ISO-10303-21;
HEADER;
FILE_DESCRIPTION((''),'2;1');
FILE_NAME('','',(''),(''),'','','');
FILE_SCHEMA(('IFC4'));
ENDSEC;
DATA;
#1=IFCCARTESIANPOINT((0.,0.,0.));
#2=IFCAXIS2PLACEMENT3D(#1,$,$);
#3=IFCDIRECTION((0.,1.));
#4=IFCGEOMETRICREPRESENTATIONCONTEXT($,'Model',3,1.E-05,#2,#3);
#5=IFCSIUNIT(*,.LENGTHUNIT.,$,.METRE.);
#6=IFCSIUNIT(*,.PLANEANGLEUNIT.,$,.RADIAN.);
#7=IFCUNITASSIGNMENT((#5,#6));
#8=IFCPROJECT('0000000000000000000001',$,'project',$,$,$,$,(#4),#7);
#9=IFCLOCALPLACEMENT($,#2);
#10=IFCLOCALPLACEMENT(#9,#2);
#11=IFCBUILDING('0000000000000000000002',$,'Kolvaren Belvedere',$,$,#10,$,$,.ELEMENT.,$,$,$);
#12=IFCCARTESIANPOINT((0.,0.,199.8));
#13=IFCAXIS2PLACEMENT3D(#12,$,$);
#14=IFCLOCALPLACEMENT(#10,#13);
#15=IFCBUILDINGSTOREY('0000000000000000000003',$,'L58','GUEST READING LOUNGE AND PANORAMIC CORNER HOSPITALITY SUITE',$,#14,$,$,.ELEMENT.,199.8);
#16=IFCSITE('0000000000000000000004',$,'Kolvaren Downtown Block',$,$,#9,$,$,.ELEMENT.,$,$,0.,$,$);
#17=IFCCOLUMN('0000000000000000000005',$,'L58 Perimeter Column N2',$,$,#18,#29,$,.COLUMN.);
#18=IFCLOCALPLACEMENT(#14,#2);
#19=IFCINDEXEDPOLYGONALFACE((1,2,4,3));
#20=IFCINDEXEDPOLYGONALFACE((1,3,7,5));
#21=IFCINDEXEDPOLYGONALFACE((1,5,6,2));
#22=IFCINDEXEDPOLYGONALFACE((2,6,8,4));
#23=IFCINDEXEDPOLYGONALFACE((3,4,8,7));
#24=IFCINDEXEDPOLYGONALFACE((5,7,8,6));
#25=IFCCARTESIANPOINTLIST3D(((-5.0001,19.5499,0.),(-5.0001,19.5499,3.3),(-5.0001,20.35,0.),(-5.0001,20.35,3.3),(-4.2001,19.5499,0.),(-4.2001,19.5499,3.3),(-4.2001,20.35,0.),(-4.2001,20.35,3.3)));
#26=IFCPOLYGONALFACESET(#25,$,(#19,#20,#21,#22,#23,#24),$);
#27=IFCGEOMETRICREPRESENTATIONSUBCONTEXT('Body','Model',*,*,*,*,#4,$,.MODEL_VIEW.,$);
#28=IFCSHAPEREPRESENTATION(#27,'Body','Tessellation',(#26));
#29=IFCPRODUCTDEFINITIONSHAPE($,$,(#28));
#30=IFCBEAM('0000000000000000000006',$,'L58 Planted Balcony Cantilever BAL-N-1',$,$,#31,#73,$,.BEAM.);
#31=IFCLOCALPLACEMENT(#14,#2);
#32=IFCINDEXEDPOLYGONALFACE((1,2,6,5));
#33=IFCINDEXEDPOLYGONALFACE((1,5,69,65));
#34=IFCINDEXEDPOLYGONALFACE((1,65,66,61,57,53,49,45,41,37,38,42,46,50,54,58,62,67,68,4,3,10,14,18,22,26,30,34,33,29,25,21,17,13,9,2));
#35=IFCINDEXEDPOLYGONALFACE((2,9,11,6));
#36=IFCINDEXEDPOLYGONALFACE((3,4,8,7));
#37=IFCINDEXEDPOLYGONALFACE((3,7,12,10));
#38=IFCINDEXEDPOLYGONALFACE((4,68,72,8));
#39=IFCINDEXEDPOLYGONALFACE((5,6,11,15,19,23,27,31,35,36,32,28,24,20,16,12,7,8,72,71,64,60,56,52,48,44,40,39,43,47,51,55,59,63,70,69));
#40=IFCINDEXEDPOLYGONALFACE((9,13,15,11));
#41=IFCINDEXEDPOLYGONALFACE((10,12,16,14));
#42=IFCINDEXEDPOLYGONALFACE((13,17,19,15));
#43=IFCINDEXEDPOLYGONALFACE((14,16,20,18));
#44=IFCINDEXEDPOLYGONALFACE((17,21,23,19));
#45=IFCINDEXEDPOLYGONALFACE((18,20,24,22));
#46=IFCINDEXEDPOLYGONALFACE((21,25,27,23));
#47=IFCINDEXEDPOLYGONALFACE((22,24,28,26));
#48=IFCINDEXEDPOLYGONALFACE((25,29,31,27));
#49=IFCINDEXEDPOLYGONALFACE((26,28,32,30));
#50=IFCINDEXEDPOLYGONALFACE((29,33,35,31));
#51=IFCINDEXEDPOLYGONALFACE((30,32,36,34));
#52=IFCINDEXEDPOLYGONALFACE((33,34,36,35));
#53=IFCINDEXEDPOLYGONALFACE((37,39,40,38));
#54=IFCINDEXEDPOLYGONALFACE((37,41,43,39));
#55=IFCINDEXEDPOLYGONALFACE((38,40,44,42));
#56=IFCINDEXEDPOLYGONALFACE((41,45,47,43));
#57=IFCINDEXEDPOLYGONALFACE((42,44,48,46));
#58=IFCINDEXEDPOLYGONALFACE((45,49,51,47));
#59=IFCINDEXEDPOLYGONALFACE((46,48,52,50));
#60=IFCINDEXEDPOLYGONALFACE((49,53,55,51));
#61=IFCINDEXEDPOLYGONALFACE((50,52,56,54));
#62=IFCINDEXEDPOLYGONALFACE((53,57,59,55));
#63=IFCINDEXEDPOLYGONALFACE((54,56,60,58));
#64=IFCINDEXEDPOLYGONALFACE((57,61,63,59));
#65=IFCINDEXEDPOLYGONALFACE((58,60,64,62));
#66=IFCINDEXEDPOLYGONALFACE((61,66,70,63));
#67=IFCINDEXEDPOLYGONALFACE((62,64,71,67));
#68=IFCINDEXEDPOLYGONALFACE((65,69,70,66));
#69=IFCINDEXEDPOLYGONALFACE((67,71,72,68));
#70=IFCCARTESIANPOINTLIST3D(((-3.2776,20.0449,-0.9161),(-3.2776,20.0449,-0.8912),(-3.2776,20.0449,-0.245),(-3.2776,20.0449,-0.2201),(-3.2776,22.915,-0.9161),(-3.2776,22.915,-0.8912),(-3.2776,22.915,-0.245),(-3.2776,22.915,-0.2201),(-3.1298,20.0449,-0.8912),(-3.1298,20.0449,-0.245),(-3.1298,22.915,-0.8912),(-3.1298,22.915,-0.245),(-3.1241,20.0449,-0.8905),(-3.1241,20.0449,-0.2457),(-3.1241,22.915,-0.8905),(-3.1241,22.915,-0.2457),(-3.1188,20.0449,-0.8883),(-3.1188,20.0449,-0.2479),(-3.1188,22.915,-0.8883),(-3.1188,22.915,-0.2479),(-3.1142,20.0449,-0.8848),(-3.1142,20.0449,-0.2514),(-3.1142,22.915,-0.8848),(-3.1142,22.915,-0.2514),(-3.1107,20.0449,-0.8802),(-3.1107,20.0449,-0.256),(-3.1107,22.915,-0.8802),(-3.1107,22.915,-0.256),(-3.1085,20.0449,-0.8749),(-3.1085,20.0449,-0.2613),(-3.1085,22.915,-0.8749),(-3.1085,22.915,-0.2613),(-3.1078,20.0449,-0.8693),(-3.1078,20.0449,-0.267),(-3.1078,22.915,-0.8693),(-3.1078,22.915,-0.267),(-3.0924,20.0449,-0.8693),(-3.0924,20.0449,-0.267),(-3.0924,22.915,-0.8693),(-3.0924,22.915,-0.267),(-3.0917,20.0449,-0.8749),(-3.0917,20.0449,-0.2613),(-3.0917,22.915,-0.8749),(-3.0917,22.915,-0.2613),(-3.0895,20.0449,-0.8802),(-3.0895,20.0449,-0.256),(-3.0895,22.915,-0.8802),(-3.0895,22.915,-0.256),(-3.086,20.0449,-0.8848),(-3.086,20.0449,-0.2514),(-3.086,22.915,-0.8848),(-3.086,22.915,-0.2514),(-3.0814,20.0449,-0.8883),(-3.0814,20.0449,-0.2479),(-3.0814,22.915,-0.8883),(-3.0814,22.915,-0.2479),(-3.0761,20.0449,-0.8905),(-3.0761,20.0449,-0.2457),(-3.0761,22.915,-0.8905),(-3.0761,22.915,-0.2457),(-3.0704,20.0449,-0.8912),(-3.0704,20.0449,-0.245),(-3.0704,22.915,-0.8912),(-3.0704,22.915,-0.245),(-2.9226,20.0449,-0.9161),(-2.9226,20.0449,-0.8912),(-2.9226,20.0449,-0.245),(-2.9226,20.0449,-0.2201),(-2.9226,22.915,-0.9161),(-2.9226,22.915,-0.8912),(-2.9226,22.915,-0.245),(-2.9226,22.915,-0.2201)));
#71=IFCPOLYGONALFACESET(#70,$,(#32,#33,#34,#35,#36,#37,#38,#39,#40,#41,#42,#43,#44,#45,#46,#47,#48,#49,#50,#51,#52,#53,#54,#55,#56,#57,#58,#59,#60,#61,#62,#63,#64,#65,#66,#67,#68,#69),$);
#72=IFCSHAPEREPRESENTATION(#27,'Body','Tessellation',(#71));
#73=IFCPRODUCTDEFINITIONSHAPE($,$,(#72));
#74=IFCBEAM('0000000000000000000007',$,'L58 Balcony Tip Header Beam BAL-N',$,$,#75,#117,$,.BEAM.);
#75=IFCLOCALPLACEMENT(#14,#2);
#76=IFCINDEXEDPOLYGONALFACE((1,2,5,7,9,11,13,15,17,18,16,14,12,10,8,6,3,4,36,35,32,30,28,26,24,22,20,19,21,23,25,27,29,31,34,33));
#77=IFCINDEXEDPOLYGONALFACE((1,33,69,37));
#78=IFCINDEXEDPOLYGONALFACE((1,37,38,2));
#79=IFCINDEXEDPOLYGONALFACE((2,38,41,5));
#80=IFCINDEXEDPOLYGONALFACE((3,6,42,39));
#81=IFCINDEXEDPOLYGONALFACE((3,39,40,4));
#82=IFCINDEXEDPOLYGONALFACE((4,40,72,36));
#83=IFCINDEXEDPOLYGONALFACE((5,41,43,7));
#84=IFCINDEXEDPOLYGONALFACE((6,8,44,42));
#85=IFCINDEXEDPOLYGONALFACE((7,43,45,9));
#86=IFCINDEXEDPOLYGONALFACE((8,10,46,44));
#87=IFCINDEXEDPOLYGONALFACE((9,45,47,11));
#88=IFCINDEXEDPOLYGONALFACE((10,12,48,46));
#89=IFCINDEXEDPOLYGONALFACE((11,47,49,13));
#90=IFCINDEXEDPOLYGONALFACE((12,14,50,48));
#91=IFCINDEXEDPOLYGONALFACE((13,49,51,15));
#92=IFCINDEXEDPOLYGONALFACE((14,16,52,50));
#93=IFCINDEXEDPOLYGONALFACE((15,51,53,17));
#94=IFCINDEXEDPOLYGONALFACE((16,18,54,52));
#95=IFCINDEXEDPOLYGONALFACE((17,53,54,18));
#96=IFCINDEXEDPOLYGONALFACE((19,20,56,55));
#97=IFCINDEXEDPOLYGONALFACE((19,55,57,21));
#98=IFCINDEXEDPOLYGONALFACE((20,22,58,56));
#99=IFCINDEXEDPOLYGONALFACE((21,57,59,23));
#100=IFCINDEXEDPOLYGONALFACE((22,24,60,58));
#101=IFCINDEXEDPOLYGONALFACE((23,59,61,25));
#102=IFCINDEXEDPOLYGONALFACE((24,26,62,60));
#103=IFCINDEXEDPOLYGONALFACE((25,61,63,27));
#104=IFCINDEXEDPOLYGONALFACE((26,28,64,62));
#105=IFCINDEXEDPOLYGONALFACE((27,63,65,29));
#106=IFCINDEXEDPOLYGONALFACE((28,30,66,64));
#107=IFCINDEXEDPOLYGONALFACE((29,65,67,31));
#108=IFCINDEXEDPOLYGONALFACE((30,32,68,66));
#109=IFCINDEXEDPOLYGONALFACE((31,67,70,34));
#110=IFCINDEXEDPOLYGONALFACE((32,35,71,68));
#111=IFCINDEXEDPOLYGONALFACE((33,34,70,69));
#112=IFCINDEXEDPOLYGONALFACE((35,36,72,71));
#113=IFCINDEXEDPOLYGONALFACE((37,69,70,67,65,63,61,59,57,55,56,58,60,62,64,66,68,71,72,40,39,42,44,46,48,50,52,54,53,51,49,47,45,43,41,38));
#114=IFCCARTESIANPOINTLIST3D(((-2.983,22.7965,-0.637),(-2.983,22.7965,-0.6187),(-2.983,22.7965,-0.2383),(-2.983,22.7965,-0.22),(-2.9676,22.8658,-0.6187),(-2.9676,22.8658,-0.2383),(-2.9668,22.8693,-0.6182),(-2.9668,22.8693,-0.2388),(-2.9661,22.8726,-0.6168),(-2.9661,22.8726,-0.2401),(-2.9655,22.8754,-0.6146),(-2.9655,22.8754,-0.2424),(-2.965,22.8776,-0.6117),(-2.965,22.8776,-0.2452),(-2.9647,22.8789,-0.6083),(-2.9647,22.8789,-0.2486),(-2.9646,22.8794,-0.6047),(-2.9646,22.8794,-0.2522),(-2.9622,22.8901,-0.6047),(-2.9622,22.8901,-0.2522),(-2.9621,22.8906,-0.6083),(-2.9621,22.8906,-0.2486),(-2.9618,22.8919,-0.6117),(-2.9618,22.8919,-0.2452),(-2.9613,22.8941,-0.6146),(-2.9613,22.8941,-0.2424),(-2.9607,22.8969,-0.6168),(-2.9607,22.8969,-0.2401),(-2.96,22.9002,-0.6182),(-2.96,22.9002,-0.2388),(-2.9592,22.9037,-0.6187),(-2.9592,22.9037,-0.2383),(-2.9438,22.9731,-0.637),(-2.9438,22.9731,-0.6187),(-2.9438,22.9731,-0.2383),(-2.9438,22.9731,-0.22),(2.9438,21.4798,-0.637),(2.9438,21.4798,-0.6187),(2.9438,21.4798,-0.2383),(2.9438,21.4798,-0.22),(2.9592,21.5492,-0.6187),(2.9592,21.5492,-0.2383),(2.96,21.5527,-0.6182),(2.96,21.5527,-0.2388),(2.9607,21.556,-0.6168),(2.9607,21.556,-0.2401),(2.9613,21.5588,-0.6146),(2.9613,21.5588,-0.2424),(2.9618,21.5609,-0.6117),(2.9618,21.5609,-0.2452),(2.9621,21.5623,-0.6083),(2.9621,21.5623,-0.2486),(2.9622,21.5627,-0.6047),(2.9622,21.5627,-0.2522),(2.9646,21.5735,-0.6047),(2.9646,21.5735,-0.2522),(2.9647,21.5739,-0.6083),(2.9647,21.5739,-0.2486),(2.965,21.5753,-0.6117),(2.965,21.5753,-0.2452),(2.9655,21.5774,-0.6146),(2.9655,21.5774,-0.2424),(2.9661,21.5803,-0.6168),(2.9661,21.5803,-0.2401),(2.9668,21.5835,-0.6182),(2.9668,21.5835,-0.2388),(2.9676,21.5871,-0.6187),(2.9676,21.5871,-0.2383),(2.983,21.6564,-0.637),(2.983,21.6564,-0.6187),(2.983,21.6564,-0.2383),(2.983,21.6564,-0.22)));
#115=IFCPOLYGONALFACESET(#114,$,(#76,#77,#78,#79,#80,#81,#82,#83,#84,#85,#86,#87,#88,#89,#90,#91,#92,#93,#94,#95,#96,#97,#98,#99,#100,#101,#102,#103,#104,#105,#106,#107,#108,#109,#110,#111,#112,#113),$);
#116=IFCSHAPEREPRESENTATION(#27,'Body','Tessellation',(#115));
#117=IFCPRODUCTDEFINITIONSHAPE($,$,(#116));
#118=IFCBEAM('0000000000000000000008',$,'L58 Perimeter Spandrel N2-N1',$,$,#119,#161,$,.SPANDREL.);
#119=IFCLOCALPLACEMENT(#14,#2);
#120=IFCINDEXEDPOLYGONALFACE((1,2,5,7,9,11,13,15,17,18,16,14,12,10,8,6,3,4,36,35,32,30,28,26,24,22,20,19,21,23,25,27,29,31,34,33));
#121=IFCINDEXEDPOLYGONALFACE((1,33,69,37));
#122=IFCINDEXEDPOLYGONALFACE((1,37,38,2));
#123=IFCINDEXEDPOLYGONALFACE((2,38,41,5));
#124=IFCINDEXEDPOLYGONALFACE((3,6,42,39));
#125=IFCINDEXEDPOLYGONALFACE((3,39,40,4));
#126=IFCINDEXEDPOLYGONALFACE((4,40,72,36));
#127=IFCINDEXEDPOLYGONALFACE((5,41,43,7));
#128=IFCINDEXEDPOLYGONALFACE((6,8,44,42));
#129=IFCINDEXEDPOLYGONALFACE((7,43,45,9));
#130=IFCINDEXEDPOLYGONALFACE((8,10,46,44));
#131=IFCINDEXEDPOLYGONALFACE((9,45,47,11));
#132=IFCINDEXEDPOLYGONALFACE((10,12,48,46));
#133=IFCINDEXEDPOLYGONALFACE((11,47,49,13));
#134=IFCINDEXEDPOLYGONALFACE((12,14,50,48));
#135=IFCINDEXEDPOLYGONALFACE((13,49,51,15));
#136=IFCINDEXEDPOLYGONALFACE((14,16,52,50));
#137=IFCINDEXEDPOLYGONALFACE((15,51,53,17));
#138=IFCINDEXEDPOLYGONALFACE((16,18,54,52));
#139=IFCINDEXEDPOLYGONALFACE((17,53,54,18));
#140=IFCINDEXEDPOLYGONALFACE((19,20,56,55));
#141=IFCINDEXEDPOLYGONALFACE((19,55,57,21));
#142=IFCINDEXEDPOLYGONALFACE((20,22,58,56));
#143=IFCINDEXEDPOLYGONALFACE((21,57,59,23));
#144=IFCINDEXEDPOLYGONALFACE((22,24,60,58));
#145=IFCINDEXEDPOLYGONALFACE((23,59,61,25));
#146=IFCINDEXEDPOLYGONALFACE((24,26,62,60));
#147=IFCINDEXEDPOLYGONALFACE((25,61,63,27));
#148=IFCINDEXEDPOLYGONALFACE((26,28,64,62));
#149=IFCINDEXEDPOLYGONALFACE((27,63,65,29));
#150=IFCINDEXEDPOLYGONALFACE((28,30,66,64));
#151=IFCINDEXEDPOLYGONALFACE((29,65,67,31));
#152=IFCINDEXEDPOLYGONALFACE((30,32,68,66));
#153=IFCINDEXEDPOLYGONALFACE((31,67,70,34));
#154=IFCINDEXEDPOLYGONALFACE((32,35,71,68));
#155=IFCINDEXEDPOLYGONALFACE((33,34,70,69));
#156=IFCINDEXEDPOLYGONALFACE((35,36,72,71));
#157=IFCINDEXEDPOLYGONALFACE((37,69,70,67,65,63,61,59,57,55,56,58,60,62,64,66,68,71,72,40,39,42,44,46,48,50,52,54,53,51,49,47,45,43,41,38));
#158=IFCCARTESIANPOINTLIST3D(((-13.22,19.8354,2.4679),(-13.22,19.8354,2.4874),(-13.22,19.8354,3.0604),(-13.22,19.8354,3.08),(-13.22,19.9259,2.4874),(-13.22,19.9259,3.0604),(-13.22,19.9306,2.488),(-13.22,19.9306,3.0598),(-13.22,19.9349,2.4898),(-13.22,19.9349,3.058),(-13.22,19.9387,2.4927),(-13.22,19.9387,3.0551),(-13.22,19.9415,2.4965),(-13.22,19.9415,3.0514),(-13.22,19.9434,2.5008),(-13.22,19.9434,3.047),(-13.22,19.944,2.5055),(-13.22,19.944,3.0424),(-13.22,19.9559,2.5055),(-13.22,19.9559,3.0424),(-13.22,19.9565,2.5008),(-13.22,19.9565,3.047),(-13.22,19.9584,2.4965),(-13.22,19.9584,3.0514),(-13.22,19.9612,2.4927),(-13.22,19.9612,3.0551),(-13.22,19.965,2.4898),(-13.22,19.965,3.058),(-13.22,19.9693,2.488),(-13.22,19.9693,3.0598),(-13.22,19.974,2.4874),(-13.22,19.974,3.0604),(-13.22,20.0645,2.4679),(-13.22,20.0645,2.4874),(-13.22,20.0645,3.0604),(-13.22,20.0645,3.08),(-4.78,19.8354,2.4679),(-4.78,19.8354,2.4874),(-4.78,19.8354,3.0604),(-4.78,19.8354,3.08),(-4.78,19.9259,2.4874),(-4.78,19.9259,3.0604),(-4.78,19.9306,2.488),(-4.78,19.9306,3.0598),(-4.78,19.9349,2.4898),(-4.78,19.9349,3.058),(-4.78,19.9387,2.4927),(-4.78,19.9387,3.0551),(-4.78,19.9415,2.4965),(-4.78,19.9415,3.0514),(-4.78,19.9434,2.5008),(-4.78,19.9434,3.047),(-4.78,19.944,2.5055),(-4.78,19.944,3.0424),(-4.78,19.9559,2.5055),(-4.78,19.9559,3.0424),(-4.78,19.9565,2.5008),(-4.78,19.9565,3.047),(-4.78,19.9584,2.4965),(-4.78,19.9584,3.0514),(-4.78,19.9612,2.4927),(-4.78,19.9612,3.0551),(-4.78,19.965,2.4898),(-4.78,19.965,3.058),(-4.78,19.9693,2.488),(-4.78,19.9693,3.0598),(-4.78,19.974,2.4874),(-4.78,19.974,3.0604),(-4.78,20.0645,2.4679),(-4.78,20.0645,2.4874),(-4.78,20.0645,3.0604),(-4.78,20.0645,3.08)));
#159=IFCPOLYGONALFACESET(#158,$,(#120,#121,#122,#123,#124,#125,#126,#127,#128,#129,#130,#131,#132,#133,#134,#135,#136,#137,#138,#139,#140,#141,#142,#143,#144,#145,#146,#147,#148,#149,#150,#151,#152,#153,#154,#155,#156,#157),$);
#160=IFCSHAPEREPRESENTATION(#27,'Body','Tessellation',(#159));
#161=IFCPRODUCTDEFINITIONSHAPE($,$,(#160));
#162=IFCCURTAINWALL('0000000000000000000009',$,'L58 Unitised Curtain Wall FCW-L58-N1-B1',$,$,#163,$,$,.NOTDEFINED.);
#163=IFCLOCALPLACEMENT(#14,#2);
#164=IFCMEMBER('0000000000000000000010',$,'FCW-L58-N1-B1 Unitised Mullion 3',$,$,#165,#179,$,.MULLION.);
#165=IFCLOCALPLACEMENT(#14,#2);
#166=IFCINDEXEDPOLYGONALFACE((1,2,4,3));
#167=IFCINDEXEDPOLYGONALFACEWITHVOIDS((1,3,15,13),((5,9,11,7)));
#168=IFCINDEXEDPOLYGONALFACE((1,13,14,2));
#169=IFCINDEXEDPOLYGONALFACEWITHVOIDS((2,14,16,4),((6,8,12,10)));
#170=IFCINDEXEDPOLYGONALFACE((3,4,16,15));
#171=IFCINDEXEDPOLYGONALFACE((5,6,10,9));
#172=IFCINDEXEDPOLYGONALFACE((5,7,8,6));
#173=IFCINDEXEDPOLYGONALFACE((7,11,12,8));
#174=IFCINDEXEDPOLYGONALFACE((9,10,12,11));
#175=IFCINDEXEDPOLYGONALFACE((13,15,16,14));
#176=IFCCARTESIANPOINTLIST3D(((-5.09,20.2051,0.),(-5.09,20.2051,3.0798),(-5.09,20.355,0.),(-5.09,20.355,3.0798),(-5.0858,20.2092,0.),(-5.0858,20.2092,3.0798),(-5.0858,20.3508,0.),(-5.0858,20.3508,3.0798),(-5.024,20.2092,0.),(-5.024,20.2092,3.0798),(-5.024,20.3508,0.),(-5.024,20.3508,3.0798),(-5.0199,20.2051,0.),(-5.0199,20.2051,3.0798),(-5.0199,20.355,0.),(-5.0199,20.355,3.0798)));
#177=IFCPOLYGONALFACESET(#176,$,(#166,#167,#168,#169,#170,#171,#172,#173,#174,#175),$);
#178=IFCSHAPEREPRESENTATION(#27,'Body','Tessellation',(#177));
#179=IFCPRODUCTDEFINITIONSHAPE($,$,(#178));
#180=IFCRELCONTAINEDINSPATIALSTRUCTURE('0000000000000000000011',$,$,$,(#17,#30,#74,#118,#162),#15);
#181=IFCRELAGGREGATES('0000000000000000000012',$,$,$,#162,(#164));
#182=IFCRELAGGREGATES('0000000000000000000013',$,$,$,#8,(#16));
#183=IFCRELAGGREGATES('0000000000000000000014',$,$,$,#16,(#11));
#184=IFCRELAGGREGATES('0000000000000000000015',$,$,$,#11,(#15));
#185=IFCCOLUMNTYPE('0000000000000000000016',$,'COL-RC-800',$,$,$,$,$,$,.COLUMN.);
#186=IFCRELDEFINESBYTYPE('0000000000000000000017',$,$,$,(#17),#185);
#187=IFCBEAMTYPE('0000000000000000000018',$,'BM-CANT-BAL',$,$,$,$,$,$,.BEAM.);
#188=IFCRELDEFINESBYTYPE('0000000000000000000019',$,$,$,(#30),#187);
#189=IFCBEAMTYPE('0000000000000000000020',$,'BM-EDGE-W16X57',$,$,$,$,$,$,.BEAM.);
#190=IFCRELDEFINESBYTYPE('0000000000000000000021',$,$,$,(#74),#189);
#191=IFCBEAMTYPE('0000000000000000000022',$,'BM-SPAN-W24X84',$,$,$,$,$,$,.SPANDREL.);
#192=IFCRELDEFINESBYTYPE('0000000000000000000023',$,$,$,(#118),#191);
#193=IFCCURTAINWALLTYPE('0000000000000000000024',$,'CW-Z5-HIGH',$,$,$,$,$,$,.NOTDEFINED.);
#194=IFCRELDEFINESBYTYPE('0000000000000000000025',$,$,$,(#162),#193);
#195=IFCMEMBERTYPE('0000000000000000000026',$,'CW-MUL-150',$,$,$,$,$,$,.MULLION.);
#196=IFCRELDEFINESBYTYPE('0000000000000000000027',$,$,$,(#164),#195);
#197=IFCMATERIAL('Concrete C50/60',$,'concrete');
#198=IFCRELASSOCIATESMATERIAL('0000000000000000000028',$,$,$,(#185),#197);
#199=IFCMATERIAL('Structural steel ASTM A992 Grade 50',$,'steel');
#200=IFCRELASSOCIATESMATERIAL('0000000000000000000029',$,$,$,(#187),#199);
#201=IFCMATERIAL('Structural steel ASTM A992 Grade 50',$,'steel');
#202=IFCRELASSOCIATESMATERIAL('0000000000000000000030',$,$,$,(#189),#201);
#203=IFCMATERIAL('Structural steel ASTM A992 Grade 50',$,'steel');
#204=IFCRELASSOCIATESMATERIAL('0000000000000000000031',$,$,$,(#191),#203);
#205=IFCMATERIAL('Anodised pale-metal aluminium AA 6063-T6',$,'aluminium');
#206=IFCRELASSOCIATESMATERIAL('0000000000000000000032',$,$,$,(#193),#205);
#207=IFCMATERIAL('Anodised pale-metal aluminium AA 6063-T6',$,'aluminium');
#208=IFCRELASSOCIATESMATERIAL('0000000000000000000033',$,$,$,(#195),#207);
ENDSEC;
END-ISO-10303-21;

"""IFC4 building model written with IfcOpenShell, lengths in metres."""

from ifc_helpers import new_model, si_unit, direction, frame, origin, origin_2d, place, context, subcontext, project, spatial, rectangle, hollow_rectangle, i_section, extrude, material, material_profile, profile_set, type_object, element, aggregate, save


model = new_model("IFC4")

# Units and contexts
model_context = context("Model", 3, precision=1e-05, world=origin(), true_north=direction((0.0, 1.0)))
body_context = subcontext(model_context, "Body", "Model", "MODEL_VIEW")
ifc_project = project(units=[si_unit("LENGTHUNIT", "METRE"), si_unit("PLANEANGLEUNIT", "RADIAN")], contexts=[model_context])

# Site, building, storey
site_placement = place(None, origin())
site = spatial("IfcSite", under=ifc_project, at=site_placement, Name="Kolvaren Downtown Block", CompositionType="ELEMENT", RefElevation=0.0)
building_placement = place(site_placement, origin())
building = spatial("IfcBuilding", under=site, at=building_placement, Name="Kolvaren Belvedere", CompositionType="ELEMENT")
storey_placement = place(building_placement, frame((0.0, 0.0, 199.8)))
storey = spatial("IfcBuildingStorey", under=building, at=storey_placement, Name="L58", Description="GUEST READING LOUNGE AND PANORAMIC CORNER HOSPITALITY SUITE", CompositionType="ELEMENT", Elevation=199.8)

# Column
ifc_material_1 = material(Name="Concrete C50/60", Category="concrete")
ifc_material_profile_1 = material_profile(ifc_material_1, rectangle(XDim=0.8, YDim=0.8, at=origin_2d()), Name="RC 800X800")
ifc_profile_set_1 = profile_set([ifc_material_profile_1], Name="Concrete C50/60")
column_type = type_object("IfcColumnType", Name="COL-RC-800", PredefinedType="COLUMN", material=ifc_profile_set_1)
column_placement = place(storey_placement, frame((-4.6001, 19.95, 0.0), z_axis=(0.0, 0.0, 1.0), x_axis=(1.0, 0.0, 0.0)))
element("IfcColumn", 1, at=column_placement, inside=storey, type_object=column_type, Name="L58 Perimeter Column N2", PredefinedType="COLUMN", context=body_context, shape_type="SweptSolid", body=[
    extrude(rectangle(XDim=0.8, YDim=0.8, at=origin_2d()), origin(), (0.0, 0.0, 1.0), 3.3),
])

# Beams
ifc_material_2 = material(Name="Structural steel ASTM A992 Grade 50", Category="steel")
ifc_material_profile_2 = material_profile(ifc_material_2, i_section(OverallWidth=0.355, OverallDepth=0.696, WebThickness=0.0154, FlangeThickness=0.0249, FilletRadius=0.022, at=origin_2d()), Name="W27X146")
ifc_profile_set_2 = profile_set([ifc_material_profile_2], Name="Structural steel ASTM A992 Grade 50")
beam_type_1 = type_object("IfcBeamType", Name="BM-CANT-BAL", PredefinedType="BEAM", material=ifc_profile_set_2)
beam_1_placement = place(storey_placement, frame((-3.1001, 20.0449, -0.5681), z_axis=(0.0, 1.0, 0.0), x_axis=(-1.0, 0.0, 0.0)))
element("IfcBeam", 2, at=beam_1_placement, inside=storey, type_object=beam_type_1, Name="L58 Planted Balcony Cantilever BAL-N-1", PredefinedType="BEAM", context=body_context, shape_type="SweptSolid", body=[
    extrude(i_section(OverallWidth=0.355, OverallDepth=0.696, WebThickness=0.0154, FlangeThickness=0.0249, FilletRadius=0.022, at=origin_2d()), origin(), (0.0, 0.0, 1.0), 2.8701),
])
ifc_material_3 = material(Name="Structural steel ASTM A992 Grade 50", Category="steel")
ifc_material_profile_3 = material_profile(ifc_material_3, i_section(OverallWidth=0.1809, OverallDepth=0.417, WebThickness=0.011, FlangeThickness=0.0183, FilletRadius=0.0139, at=origin_2d()), Name="W16X57")
ifc_profile_set_3 = profile_set([ifc_material_profile_3], Name="Structural steel ASTM A992 Grade 50")
beam_type_2 = type_object("IfcBeamType", Name="BM-EDGE-W16X57", PredefinedType="BEAM", material=ifc_profile_set_3)
beam_2_placement = place(storey_placement, frame((-2.9634, 22.8848, -0.4285), z_axis=(0.976201, -0.216867, 0.0), x_axis=(0.216867, 0.976201, 0.0)))
element("IfcBeam", 3, at=beam_2_placement, inside=storey, type_object=beam_type_2, Name="L58 Balcony Tip Header Beam BAL-N", PredefinedType="BEAM", context=body_context, shape_type="SweptSolid", body=[
    extrude(i_section(OverallWidth=0.1809, OverallDepth=0.417, WebThickness=0.011, FlangeThickness=0.0183, FilletRadius=0.0139, at=origin_2d()), origin(), (0.0, 0.0, 1.0), 6.0713),
])
ifc_material_4 = material(Name="Structural steel ASTM A992 Grade 50", Category="steel")
ifc_material_profile_4 = material_profile(ifc_material_4, i_section(OverallWidth=0.229, OverallDepth=0.6121, WebThickness=0.012, FlangeThickness=0.0195, FilletRadius=0.0181, at=origin_2d()), Name="W24X84")
ifc_profile_set_4 = profile_set([ifc_material_profile_4], Name="Structural steel ASTM A992 Grade 50")
beam_type_3 = type_object("IfcBeamType", Name="BM-SPAN-W24X84", PredefinedType="SPANDREL", material=ifc_profile_set_4)
beam_3_placement = place(storey_placement, frame((-4.78, 19.95, 2.7739), z_axis=(-1.0, 0.0, 0.0), x_axis=(0.0, -1.0, 0.0)))
element("IfcBeam", 4, at=beam_3_placement, inside=storey, type_object=beam_type_3, Name="L58 Perimeter Spandrel N2-N1", PredefinedType="SPANDREL", context=body_context, shape_type="SweptSolid", body=[
    extrude(i_section(OverallWidth=0.229, OverallDepth=0.6121, WebThickness=0.012, FlangeThickness=0.0195, FilletRadius=0.0181, at=origin_2d()), origin(), (0.0, 0.0, 1.0), 8.4399),
])

# Curtain wall, member
ifc_material_5 = material(Name="Anodised pale-metal aluminium AA 6063-T6", Category="aluminium")
curtain_wall_type = type_object("IfcCurtainWallType", Name="CW-Z5-HIGH", PredefinedType="NOTDEFINED", material=ifc_material_5)
curtain_wall_1_placement = place(storey_placement, origin())
curtain_wall_1 = element("IfcCurtainWall", 5, at=curtain_wall_1_placement, inside=storey, type_object=curtain_wall_type, Name="L58 Unitised Curtain Wall FCW-L58-N1-B1", PredefinedType="NOTDEFINED")
ifc_material_6 = material(Name="Anodised pale-metal aluminium AA 6063-T6", Category="aluminium")
ifc_material_profile_5 = material_profile(ifc_material_6, hollow_rectangle(XDim=0.0701, YDim=0.1499, WallThickness=0.0042, at=origin_2d()), Name="ALU-MUL-150X70")
ifc_profile_set_5 = profile_set([ifc_material_profile_5], Name="Anodised pale-metal aluminium AA 6063-T6")
member_type_1 = type_object("IfcMemberType", Name="CW-MUL-150", PredefinedType="MULLION", material=ifc_profile_set_5)
member_1_placement = place(storey_placement, frame((-5.0549, 20.28, 0.0), z_axis=(0.0, 0.0, 1.0), x_axis=(1.0, 0.0, 0.0)))
member_1 = element("IfcMember", 6, at=member_1_placement, type_object=member_type_1, Name="FCW-L58-N1-B1 Unitised Mullion 3", PredefinedType="MULLION", context=body_context, shape_type="SweptSolid", body=[
    extrude(hollow_rectangle(XDim=0.0701, YDim=0.1499, WallThickness=0.0042, at=origin_2d()), origin(), (0.0, 0.0, 1.0), 3.0798),
])
aggregate(curtain_wall_1, [member_1])

save(model, "model.ifc")
